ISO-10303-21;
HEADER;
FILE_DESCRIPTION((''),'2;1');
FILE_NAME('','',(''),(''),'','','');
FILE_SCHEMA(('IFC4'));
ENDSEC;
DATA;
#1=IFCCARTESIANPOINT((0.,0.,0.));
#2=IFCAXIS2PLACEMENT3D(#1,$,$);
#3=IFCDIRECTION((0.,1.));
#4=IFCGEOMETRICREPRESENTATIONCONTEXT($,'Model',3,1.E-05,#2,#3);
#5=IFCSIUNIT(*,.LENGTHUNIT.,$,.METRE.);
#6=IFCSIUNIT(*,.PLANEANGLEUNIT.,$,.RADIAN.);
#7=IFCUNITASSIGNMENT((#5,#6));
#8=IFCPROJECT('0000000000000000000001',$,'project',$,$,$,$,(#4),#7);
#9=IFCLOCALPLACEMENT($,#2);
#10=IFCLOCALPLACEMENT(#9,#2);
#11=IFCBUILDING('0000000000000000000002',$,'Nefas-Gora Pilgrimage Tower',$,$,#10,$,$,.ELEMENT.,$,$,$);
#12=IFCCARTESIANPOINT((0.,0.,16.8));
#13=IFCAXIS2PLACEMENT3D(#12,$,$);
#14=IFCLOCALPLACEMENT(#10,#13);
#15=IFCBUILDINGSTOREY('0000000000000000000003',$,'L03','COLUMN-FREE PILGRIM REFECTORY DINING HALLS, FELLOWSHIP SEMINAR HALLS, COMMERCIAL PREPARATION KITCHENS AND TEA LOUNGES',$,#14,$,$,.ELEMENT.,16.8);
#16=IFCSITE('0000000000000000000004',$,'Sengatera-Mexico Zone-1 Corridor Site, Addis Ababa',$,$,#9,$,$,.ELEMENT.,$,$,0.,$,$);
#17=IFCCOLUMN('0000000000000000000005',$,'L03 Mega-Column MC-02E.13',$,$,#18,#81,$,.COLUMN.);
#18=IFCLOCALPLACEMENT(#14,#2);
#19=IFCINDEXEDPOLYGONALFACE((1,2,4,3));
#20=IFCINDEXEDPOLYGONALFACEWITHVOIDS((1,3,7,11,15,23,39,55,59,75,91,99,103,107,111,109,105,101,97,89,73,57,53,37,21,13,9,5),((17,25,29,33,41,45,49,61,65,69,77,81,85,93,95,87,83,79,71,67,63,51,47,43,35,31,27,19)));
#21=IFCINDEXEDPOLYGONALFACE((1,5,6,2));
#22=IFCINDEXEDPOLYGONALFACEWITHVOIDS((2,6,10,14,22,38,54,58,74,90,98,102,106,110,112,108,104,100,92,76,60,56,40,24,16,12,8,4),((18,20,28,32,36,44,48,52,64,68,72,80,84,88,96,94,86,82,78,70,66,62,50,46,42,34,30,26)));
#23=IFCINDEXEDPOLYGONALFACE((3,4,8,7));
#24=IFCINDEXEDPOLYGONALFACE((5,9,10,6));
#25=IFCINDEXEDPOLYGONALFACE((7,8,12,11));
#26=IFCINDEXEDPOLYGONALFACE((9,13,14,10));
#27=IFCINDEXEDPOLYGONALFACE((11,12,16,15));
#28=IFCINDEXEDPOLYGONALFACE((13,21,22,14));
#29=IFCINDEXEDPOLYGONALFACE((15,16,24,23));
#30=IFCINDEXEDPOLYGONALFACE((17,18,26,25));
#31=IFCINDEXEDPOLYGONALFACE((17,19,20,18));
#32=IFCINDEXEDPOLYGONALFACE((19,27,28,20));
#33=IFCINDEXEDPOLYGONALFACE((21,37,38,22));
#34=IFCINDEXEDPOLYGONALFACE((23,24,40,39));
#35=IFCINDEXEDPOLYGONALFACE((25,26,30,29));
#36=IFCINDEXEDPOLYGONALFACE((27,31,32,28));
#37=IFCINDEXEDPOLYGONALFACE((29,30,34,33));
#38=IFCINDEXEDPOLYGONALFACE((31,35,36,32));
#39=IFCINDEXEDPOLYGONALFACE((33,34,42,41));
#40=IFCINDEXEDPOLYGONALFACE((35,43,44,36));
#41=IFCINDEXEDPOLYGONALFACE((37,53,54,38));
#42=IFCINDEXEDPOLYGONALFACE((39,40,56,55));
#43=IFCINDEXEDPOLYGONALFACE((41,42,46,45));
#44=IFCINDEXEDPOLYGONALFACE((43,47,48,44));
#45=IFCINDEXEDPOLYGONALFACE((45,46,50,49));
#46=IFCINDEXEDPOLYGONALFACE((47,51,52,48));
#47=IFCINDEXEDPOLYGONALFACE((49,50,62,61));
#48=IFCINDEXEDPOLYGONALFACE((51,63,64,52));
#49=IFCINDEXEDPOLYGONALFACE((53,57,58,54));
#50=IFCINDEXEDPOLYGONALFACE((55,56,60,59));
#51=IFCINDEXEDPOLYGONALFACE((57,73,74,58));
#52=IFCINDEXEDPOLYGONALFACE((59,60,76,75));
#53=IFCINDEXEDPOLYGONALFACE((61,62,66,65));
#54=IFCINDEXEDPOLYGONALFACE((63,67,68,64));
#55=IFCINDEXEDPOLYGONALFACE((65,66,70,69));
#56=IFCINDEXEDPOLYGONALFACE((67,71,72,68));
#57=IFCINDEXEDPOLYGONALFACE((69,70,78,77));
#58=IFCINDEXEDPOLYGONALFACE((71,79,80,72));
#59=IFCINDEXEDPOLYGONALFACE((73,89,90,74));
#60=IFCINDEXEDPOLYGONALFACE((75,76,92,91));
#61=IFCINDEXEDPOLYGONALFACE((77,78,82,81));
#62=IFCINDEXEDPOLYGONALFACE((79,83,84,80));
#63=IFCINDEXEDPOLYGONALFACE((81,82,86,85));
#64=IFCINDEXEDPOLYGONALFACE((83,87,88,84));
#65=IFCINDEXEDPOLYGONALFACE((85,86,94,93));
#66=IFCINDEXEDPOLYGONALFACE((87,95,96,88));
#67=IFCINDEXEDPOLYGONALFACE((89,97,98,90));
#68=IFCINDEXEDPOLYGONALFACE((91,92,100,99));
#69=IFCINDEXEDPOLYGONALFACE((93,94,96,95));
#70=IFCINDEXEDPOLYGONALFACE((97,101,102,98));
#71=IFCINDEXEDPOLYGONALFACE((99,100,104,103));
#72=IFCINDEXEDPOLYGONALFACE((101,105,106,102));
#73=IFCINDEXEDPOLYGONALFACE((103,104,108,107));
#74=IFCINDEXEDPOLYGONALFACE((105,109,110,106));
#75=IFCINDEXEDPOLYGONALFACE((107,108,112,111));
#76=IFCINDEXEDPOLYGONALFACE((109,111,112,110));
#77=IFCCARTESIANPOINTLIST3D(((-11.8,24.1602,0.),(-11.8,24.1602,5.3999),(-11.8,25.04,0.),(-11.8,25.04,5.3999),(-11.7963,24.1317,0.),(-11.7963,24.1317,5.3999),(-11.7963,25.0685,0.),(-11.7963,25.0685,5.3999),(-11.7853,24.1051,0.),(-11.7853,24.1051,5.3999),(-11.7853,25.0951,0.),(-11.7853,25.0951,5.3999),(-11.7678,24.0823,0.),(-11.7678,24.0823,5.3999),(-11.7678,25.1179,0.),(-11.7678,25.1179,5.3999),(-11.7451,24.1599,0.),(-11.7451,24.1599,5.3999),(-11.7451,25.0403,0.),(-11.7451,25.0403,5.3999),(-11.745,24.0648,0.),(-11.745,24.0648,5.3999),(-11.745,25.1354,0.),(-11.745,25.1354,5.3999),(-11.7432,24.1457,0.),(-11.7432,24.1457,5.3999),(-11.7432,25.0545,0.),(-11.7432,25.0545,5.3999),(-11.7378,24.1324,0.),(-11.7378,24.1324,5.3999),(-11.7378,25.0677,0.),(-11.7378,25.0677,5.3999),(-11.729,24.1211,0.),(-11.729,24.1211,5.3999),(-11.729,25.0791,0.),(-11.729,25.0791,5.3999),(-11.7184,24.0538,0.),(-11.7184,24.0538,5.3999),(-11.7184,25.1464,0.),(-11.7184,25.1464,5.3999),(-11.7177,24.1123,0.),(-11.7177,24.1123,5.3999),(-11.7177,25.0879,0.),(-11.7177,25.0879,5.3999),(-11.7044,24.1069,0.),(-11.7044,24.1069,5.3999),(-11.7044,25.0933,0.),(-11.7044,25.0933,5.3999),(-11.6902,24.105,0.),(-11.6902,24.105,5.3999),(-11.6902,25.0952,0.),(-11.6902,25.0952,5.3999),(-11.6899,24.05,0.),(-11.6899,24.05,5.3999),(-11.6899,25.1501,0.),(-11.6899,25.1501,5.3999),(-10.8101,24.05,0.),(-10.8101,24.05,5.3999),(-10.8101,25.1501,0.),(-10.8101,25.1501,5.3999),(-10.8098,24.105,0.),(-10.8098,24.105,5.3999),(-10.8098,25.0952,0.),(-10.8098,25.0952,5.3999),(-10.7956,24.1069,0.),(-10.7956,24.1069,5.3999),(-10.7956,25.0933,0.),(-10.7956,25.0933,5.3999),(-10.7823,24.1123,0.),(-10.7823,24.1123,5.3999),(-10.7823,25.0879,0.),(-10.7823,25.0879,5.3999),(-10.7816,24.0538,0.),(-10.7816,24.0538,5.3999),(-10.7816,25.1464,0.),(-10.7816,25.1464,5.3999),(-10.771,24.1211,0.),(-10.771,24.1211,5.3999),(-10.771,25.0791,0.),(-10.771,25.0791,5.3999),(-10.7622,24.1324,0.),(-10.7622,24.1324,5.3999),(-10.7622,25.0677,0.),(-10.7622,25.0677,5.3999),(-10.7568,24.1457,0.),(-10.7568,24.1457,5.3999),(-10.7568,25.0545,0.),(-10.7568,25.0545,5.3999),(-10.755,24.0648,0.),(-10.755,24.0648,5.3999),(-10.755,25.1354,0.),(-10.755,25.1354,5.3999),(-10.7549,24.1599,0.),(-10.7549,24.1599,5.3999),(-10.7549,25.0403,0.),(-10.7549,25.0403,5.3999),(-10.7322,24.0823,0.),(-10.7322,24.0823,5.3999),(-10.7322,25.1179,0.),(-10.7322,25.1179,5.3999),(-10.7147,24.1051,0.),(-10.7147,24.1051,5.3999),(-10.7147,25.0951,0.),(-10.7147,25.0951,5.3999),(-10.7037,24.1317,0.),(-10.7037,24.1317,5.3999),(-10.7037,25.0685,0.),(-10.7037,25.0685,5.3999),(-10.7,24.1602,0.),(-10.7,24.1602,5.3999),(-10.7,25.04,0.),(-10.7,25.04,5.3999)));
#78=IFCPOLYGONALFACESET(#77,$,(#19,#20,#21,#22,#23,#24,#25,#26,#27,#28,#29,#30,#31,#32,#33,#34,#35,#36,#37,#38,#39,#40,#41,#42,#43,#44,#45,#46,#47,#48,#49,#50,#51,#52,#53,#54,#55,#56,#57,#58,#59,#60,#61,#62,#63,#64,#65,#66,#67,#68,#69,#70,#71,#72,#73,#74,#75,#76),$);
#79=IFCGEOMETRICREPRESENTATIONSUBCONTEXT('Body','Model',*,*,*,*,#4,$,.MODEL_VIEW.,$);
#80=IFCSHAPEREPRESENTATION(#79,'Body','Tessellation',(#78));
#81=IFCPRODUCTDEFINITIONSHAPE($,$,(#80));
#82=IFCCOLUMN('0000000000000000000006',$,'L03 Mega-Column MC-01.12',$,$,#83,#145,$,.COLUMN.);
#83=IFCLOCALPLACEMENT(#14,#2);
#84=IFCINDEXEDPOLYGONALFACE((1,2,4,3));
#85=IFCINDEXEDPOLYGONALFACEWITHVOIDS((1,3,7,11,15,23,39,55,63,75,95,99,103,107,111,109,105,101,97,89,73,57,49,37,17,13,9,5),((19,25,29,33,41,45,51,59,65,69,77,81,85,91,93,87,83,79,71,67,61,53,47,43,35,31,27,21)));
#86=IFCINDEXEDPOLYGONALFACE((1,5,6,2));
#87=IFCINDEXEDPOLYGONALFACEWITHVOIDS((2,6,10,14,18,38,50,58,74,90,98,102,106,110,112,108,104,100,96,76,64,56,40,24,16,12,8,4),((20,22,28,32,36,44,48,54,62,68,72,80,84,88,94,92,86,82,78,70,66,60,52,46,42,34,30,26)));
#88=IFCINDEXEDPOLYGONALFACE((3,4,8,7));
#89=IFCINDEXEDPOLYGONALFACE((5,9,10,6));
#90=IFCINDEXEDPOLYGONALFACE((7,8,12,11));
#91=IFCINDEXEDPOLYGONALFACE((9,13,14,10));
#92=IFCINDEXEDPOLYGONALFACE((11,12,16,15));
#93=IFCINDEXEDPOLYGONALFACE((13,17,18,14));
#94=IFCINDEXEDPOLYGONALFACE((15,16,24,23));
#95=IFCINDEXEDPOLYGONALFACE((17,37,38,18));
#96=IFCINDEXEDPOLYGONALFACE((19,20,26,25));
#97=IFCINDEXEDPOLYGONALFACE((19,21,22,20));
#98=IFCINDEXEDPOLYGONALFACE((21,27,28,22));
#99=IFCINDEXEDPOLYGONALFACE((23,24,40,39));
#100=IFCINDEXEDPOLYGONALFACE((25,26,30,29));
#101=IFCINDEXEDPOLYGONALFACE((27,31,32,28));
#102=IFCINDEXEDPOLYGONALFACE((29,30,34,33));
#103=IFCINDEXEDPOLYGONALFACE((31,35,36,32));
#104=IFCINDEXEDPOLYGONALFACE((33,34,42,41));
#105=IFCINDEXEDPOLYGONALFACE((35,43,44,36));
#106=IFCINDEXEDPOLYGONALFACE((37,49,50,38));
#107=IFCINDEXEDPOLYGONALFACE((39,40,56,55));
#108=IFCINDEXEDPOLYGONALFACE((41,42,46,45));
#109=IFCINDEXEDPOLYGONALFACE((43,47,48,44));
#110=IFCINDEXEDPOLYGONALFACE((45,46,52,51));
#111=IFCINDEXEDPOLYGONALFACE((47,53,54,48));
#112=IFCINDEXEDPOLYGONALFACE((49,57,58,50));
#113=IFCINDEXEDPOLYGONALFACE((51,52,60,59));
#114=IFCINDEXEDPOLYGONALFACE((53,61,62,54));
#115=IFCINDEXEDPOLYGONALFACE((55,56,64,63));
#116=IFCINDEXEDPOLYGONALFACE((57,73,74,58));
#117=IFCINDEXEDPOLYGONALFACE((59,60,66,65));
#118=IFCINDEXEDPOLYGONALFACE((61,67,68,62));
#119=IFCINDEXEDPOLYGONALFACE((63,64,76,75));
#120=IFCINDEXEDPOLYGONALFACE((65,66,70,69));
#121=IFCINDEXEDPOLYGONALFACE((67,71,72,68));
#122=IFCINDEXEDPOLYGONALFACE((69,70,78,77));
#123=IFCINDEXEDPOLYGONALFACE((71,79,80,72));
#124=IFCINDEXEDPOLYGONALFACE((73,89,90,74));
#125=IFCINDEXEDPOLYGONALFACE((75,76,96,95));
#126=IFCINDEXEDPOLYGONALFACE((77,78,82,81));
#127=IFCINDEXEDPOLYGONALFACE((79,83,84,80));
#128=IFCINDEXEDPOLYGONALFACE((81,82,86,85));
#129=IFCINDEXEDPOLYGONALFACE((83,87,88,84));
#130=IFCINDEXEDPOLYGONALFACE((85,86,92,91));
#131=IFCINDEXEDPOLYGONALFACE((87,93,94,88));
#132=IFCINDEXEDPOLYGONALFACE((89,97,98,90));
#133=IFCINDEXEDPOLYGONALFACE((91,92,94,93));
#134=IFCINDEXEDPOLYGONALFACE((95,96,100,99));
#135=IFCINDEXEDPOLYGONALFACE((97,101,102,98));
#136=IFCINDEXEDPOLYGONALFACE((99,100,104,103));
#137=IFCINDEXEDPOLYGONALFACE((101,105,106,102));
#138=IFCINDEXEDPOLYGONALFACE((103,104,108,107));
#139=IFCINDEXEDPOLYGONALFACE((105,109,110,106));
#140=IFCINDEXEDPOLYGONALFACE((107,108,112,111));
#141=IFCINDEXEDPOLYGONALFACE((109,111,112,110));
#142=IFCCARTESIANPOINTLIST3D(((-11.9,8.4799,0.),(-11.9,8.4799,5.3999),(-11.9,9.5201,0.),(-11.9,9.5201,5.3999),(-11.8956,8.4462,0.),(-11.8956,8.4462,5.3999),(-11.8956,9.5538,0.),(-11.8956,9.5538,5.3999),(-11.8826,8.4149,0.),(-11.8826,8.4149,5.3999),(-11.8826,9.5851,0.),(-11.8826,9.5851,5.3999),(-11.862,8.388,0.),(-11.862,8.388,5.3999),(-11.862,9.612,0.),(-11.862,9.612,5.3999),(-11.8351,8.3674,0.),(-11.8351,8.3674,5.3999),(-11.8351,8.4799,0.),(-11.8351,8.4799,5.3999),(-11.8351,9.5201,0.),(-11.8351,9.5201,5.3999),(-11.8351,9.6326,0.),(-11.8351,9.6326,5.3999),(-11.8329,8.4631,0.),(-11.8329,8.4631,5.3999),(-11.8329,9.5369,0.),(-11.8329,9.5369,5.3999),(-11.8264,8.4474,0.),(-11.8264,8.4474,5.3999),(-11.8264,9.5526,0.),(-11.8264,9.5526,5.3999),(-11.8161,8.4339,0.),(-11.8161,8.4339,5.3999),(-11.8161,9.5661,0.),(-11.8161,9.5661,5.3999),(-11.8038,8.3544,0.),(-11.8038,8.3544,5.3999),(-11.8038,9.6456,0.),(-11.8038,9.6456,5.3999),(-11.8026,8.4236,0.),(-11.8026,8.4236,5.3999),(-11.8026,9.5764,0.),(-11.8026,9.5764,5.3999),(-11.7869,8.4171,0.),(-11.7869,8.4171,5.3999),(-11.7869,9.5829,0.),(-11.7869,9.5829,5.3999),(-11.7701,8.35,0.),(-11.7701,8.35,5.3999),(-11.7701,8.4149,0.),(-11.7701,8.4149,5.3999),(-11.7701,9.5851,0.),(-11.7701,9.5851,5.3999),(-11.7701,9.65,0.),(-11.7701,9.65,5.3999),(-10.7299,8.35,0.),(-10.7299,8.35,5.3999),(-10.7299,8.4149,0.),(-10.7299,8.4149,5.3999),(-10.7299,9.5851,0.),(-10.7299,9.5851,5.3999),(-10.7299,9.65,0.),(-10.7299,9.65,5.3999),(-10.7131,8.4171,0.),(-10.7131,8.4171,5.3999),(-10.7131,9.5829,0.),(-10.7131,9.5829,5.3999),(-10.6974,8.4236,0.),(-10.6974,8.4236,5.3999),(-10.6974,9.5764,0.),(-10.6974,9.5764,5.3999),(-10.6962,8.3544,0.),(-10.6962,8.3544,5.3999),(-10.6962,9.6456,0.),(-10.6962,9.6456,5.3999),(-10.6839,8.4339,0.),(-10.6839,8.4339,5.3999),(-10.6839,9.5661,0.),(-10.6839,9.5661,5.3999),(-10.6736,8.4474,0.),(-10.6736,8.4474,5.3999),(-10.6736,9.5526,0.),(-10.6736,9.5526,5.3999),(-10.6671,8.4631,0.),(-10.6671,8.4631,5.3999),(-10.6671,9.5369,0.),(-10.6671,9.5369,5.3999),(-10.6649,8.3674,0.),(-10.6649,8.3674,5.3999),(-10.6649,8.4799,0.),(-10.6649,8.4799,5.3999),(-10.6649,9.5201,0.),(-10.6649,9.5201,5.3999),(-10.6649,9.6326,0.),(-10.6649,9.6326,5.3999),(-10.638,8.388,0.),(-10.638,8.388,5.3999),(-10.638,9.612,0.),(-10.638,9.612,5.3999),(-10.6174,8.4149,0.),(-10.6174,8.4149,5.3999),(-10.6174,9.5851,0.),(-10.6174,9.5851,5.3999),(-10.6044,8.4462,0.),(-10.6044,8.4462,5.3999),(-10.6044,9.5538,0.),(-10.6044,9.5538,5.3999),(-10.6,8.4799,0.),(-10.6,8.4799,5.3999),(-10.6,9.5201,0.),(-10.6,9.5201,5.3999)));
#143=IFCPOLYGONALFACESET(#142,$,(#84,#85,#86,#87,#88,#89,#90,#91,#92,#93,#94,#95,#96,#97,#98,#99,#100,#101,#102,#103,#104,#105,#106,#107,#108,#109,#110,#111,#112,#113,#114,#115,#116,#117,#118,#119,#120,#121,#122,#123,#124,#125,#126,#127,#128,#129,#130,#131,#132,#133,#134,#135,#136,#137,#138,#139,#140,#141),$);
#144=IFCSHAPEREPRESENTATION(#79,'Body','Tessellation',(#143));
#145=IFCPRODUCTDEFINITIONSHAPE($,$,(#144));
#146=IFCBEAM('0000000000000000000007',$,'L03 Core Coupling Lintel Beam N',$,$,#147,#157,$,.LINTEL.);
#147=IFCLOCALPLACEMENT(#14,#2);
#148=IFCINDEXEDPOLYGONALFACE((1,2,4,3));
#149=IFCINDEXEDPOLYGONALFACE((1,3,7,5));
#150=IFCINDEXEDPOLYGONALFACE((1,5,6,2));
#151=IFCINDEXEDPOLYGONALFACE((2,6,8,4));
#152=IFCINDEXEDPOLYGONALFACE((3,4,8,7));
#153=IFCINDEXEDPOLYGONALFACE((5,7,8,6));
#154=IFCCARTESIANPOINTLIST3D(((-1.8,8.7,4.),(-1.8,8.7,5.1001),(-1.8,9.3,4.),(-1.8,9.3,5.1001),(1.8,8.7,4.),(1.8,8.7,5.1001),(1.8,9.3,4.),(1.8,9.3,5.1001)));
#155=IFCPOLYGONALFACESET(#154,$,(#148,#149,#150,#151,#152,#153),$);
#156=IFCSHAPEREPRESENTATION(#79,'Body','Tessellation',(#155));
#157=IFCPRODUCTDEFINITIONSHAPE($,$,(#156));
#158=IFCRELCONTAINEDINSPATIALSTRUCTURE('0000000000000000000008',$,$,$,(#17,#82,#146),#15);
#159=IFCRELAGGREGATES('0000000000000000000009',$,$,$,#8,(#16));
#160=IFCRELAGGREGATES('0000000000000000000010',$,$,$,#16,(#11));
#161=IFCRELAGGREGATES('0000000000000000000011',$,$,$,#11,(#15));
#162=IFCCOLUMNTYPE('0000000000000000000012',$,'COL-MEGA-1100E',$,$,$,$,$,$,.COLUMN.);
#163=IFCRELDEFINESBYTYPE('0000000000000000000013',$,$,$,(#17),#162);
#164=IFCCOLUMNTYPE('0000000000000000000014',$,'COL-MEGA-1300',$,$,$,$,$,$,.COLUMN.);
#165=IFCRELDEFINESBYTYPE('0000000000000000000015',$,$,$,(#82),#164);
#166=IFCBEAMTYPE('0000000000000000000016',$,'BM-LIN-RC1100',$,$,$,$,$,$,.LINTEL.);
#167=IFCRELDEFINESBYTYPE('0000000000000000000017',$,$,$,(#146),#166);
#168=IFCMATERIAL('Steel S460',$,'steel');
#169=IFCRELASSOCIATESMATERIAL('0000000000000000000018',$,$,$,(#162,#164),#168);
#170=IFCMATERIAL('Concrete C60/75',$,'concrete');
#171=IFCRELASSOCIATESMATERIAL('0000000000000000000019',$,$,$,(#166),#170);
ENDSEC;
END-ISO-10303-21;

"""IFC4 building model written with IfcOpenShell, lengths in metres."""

from ifc_helpers import new_model, si_unit, direction, frame, origin, origin_2d, place, context, subcontext, project, spatial, rectangle, hollow_rectangle, extrude, source, transform, mapped, material, material_profile, profile_set, type_object, element, save


model = new_model("IFC4")

# Units and contexts
model_context = context("Model", 3, precision=1e-05, world=origin(), true_north=direction((0.0, 1.0)))
body_context = subcontext(model_context, "Body", "Model", "MODEL_VIEW")
ifc_project = project(units=[si_unit("LENGTHUNIT", "METRE"), si_unit("PLANEANGLEUNIT", "RADIAN")], contexts=[model_context])

# Site, building, storey
site_placement = place(None, origin())
site = spatial("IfcSite", under=ifc_project, at=site_placement, Name="Sengatera-Mexico Zone-1 Corridor Site, Addis Ababa", CompositionType="ELEMENT", RefElevation=0.0)
building_placement = place(site_placement, origin())
building = spatial("IfcBuilding", under=site, at=building_placement, Name="Nefas-Gora Pilgrimage Tower", CompositionType="ELEMENT")
storey_placement = place(building_placement, frame((0.0, 0.0, 16.8)))
storey = spatial("IfcBuildingStorey", under=building, at=storey_placement, Name="L03", Description="COLUMN-FREE PILGRIM REFECTORY DINING HALLS, FELLOWSHIP SEMINAR HALLS, COMMERCIAL PREPARATION KITCHENS AND TEA LOUNGES", CompositionType="ELEMENT", Elevation=16.8)

# Columns
ifc_material_1 = material(Name="Steel S460", Category="steel")
ifc_material_profile_1 = material_profile(ifc_material_1, hollow_rectangle(XDim=1.1001, YDim=1.1001, WallThickness=0.0549, InnerFilletRadius=0.0549, OuterFilletRadius=0.1101, at=origin_2d()), Name="BOX 1100x1100x55")
ifc_profile_set_1 = profile_set([ifc_material_profile_1], Name="Steel S460")
column_type_1 = type_object("IfcColumnType", Name="COL-MEGA-1100E", PredefinedType="COLUMN", material=ifc_profile_set_1)
shared_shape_1 = source(origin(), body_context, "Body", "SweptSolid", [
    extrude(hollow_rectangle(XDim=1.1001, YDim=1.1001, WallThickness=0.0549, InnerFilletRadius=0.0549, OuterFilletRadius=0.1101, at=origin_2d()), origin(), (0.0, 0.0, 1.0), 5.3999),
])
column_1_placement = place(storey_placement, frame((-11.25, 24.6001, 0.0), z_axis=(0.0, 0.0, 1.0), x_axis=(1.0, 0.0, 0.0)))
element("IfcColumn", 1, at=column_1_placement, inside=storey, type_object=column_type_1, Name="L03 Mega-Column MC-02E.13", PredefinedType="COLUMN", context=body_context, shape_type="MappedRepresentation", body=[
    mapped(shared_shape_1, transform((0.0, 0.0, 0.0), x_axis=(1.0, 0.0, 0.0), y_axis=(0.0, 1.0, 0.0), z_axis=(0.0, 0.0, 1.0), scale=1.0)),
])
ifc_material_profile_2 = material_profile(ifc_material_1, hollow_rectangle(XDim=1.3, YDim=1.3, WallThickness=0.0649, InnerFilletRadius=0.0649, OuterFilletRadius=0.1299, at=origin_2d()), Name="BOX 1300x1300x65")
ifc_profile_set_2 = profile_set([ifc_material_profile_2], Name="Steel S460")
column_type_2 = type_object("IfcColumnType", Name="COL-MEGA-1300", PredefinedType="COLUMN", material=ifc_profile_set_2)
shared_shape_2 = source(origin(), body_context, "Body", "SweptSolid", [
    extrude(hollow_rectangle(XDim=1.3, YDim=1.3, WallThickness=0.0649, InnerFilletRadius=0.0649, OuterFilletRadius=0.1299, at=origin_2d()), origin(), (0.0, 0.0, 1.0), 5.3999),
])
column_2_placement = place(storey_placement, frame((-11.25, 9.0, 0.0), z_axis=(0.0, 0.0, 1.0), x_axis=(1.0, 0.0, 0.0)))
element("IfcColumn", 2, at=column_2_placement, inside=storey, type_object=column_type_2, Name="L03 Mega-Column MC-01.12", PredefinedType="COLUMN", context=body_context, shape_type="MappedRepresentation", body=[
    mapped(shared_shape_2, transform((0.0, 0.0, 0.0), x_axis=(1.0, 0.0, 0.0), y_axis=(0.0, 1.0, 0.0), z_axis=(0.0, 0.0, 1.0), scale=1.0)),
])

# Beam
ifc_material_2 = material(Name="Concrete C60/75", Category="concrete")
ifc_material_profile_3 = material_profile(ifc_material_2, rectangle(XDim=0.6001, YDim=1.1001, at=origin_2d()), Name="RC 600x1100")
ifc_profile_set_3 = profile_set([ifc_material_profile_3], Name="Concrete C60/75")
beam_type_1 = type_object("IfcBeamType", Name="BM-LIN-RC1100", PredefinedType="LINTEL", material=ifc_profile_set_3)
shared_shape_3 = source(origin(), body_context, "Body", "SweptSolid", [
    extrude(rectangle(XDim=0.6001, YDim=1.1001, at=origin_2d()), origin(), (0.0, 0.0, 1.0), 3.6001),
])
beam_1_placement = place(storey_placement, frame((-1.8, 9.0, 4.55), z_axis=(1.0, 0.0, 0.0), x_axis=(0.0, 1.0, 0.0)))
element("IfcBeam", 3, at=beam_1_placement, inside=storey, type_object=beam_type_1, Name="L03 Core Coupling Lintel Beam N", PredefinedType="LINTEL", context=body_context, shape_type="MappedRepresentation", body=[
    mapped(shared_shape_3, transform((0.0, 0.0, 0.0), x_axis=(1.0, 0.0, 0.0), y_axis=(0.0, 1.0, 0.0), z_axis=(0.0, 0.0, 1.0), scale=1.0)),
])

save(model, "model.ifc")
